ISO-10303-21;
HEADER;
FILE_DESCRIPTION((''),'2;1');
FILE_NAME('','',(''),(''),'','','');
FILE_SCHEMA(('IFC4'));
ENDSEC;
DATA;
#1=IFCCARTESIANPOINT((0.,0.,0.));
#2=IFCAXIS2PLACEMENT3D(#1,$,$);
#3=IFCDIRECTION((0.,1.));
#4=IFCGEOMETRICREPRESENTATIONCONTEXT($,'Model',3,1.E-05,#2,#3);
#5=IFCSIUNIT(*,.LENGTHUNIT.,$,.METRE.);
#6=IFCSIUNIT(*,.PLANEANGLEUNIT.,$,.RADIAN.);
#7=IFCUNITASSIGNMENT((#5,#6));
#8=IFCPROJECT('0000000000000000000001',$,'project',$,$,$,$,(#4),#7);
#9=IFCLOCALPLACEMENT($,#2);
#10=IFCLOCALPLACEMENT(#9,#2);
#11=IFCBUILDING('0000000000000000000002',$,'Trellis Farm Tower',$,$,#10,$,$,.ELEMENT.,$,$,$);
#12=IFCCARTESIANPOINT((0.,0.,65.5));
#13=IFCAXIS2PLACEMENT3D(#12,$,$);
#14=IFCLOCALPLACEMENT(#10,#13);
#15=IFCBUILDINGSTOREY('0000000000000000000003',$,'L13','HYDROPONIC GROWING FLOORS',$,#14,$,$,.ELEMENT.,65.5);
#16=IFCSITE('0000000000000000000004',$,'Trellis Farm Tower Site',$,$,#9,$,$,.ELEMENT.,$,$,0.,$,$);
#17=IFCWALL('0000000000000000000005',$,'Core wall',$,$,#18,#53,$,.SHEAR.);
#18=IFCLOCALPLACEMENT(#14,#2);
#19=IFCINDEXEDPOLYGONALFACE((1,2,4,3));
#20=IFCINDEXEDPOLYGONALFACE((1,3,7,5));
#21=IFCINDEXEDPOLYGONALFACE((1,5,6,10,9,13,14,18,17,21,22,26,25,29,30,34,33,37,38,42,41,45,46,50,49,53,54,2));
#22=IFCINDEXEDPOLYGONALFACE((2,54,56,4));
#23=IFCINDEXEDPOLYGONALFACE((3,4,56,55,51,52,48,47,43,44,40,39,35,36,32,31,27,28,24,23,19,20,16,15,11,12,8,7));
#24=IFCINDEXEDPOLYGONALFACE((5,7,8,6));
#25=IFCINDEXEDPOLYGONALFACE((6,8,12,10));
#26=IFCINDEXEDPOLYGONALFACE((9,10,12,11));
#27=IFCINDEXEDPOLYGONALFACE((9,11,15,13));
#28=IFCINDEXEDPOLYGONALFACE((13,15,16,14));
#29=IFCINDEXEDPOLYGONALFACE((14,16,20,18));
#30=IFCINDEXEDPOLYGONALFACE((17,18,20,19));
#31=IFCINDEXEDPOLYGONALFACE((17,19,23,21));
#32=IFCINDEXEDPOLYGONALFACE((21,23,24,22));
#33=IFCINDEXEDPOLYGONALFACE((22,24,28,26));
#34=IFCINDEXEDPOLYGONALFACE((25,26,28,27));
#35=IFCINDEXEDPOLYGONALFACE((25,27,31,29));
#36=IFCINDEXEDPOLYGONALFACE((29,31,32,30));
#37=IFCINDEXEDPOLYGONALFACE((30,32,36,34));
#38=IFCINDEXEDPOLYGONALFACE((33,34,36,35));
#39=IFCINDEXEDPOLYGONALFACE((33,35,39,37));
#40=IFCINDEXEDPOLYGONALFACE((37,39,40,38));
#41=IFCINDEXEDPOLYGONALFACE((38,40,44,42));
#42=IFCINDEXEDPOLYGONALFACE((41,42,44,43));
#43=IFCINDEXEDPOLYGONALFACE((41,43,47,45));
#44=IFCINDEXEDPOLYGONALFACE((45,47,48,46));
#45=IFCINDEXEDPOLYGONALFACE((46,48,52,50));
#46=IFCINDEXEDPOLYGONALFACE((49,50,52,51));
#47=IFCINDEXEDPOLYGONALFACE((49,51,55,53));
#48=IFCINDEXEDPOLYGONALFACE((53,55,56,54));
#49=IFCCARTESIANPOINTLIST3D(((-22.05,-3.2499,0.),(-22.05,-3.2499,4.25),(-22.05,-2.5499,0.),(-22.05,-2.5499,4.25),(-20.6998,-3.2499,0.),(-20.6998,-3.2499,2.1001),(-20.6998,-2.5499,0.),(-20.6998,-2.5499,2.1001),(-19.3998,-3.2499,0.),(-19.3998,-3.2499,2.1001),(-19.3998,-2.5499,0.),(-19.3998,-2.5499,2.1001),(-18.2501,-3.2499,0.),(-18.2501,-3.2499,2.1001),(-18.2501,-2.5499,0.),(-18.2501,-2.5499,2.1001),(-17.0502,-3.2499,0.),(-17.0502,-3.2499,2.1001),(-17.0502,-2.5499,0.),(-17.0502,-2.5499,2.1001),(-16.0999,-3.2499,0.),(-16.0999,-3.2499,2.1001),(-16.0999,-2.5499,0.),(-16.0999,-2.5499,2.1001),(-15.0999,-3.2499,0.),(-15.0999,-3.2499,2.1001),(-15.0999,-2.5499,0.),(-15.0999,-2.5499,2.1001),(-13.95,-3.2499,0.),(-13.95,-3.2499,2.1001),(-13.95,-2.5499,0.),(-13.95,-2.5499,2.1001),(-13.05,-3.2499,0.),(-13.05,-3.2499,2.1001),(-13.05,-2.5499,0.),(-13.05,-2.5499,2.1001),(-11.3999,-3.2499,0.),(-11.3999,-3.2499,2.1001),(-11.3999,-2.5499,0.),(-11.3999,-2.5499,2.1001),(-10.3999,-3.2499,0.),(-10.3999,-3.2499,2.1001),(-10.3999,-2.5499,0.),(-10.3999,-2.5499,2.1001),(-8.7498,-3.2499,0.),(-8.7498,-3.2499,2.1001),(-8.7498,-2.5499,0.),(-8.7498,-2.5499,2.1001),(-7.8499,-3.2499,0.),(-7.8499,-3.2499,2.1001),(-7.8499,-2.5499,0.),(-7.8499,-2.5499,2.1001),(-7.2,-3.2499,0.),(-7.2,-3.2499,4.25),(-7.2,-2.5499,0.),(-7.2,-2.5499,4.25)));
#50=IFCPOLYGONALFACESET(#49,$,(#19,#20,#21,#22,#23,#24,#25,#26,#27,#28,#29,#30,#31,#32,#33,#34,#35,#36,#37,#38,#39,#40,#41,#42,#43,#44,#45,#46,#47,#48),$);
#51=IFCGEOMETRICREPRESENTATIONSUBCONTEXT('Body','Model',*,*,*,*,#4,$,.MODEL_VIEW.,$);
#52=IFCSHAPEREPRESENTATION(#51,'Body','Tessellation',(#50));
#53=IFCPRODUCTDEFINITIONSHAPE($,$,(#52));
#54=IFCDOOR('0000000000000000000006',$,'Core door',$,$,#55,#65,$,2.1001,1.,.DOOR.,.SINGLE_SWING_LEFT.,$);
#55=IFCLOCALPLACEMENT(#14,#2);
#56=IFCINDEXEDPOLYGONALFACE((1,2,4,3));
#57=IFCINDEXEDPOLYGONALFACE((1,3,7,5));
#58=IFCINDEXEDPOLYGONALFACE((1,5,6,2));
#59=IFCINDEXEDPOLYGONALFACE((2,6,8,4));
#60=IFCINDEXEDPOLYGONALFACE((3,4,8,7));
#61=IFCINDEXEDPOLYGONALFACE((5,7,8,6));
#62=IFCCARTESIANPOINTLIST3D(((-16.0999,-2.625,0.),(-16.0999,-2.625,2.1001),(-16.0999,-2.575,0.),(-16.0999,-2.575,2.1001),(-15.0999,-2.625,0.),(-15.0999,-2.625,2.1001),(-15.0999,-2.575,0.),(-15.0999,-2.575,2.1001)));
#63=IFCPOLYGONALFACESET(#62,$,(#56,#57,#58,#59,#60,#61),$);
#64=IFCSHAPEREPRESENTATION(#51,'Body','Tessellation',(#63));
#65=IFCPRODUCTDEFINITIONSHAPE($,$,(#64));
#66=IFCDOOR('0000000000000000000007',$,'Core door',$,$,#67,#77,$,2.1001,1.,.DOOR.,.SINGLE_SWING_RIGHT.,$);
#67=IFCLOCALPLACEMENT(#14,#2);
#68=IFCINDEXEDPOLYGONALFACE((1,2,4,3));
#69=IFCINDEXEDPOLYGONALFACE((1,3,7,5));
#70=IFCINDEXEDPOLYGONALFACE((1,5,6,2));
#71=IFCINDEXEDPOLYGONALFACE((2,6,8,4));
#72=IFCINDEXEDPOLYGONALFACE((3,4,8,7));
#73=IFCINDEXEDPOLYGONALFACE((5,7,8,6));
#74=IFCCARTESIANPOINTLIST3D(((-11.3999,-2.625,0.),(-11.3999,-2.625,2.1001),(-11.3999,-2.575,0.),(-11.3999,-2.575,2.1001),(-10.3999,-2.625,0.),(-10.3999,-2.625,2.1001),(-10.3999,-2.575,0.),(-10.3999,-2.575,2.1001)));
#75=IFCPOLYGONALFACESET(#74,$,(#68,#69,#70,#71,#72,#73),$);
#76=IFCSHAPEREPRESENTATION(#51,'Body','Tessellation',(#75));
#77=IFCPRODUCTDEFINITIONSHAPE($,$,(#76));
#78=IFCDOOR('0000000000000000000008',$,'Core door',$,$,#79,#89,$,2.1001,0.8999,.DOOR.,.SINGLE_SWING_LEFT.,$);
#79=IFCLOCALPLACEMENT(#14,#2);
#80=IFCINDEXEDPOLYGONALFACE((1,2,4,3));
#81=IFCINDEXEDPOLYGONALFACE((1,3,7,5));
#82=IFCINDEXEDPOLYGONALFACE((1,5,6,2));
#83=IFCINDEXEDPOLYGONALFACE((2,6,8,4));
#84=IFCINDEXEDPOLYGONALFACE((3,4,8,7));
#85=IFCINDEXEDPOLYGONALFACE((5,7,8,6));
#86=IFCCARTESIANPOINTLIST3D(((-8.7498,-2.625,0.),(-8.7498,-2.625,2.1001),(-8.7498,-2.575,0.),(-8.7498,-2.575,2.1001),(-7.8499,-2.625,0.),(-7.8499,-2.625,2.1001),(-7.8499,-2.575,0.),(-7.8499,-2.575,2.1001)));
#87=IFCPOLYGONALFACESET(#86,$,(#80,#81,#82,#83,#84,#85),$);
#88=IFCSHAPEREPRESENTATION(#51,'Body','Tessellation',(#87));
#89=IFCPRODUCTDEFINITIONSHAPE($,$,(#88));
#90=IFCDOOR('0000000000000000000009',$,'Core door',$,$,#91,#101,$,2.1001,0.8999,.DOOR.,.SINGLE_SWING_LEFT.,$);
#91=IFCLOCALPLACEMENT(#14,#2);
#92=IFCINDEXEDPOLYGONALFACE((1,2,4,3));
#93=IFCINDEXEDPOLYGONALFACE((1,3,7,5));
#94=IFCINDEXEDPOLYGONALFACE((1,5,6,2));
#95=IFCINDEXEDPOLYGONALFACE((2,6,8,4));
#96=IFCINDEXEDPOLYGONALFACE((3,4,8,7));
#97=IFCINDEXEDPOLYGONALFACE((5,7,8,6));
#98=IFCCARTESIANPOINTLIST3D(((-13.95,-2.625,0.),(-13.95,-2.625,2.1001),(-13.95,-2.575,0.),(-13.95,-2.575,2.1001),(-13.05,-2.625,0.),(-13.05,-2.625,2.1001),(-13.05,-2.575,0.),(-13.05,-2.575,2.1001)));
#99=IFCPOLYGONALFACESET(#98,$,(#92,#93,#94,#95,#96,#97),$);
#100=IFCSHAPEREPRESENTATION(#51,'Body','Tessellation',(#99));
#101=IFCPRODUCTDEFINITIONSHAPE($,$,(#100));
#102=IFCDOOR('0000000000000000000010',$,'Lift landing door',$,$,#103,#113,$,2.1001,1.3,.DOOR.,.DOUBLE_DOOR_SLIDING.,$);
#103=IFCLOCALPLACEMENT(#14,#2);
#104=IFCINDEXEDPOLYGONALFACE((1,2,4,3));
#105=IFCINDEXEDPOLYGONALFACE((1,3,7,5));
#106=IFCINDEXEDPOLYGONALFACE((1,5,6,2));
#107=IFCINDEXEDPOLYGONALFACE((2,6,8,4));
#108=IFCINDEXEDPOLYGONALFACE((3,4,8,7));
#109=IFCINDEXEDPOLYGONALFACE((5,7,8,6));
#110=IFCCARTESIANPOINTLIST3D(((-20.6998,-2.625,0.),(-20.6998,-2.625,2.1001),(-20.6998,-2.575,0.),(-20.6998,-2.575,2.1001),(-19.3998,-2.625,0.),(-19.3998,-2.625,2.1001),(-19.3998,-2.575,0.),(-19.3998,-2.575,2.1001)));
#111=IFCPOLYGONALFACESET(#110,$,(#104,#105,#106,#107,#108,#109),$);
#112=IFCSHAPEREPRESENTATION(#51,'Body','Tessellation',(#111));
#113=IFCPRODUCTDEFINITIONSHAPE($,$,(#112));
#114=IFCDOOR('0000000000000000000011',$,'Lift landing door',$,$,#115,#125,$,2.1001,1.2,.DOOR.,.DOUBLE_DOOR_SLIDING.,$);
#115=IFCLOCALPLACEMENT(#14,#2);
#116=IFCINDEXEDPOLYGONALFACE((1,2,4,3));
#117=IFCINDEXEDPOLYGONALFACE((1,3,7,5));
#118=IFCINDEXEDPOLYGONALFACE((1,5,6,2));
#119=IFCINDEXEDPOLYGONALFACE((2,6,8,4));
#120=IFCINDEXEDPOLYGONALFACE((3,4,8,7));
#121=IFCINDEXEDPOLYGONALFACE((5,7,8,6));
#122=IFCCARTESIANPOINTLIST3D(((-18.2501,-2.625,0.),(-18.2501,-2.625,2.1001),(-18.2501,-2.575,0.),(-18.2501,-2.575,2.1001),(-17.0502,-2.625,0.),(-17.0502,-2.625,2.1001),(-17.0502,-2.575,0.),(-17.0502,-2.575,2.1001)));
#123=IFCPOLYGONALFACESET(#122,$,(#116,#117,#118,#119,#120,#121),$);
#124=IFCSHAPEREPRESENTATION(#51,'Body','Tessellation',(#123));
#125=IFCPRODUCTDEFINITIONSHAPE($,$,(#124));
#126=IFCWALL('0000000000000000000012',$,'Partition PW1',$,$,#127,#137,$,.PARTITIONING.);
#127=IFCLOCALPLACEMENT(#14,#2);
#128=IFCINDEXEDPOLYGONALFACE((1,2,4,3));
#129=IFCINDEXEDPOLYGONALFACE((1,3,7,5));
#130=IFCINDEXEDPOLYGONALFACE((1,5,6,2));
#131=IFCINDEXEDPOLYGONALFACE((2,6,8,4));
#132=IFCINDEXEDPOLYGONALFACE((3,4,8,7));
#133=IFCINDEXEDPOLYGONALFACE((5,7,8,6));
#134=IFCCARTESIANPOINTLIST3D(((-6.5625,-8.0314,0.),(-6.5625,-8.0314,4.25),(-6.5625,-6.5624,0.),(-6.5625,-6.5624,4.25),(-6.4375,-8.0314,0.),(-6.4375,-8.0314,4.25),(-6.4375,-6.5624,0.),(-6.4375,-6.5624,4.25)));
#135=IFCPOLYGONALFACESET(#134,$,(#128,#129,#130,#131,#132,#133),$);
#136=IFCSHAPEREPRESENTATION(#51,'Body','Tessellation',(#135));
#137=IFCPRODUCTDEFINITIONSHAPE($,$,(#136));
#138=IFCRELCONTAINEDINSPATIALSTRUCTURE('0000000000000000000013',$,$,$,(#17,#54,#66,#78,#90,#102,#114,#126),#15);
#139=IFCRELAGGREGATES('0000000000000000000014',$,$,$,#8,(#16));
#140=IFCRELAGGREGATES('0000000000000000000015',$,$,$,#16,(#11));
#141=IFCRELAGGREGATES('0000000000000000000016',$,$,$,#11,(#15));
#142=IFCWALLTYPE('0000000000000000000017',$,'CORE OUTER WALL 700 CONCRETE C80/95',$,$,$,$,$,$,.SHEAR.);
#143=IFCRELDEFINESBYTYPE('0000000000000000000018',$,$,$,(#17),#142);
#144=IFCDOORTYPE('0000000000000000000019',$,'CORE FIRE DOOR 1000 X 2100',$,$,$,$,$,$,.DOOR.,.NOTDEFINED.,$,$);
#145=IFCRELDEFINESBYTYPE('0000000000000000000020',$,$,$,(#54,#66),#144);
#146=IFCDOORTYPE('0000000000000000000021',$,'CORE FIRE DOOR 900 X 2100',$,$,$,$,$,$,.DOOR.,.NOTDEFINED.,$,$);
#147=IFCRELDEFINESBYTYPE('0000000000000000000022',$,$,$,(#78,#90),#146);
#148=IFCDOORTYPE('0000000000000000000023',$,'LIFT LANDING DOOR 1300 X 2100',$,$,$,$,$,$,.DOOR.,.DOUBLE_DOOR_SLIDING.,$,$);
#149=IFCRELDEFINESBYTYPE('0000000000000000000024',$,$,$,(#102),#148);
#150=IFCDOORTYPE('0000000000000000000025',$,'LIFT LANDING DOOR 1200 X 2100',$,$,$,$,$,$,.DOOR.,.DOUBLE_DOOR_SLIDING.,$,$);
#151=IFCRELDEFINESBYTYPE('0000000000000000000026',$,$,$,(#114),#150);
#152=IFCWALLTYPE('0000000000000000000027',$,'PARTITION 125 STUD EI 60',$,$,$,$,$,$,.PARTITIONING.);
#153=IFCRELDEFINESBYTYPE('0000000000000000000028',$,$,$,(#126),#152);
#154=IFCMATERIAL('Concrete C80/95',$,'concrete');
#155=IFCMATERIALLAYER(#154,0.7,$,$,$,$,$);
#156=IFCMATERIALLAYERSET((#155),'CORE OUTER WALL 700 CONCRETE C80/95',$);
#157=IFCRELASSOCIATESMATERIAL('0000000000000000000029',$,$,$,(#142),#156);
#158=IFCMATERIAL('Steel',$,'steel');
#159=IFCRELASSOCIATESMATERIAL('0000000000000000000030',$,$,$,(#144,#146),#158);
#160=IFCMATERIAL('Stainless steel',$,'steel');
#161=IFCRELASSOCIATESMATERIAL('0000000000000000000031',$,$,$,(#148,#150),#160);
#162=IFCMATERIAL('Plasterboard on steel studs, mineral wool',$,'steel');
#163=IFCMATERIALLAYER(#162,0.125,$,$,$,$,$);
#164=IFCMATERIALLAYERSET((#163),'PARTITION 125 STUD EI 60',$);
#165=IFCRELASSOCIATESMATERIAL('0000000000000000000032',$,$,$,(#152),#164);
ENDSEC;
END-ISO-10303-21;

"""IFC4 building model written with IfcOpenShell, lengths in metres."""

from ifc_helpers import new_model, si_unit, direction, frame, frame_2d, origin, place, context, subcontext, project, spatial, rectangle, extrude, source, transform, mapped, material, layer, layer_set, type_object, element, fill, save


model = new_model("IFC4")

# Units and contexts
model_context = context("Model", 3, precision=1e-05, world=origin(), true_north=direction((0.0, 1.0)))
body_context = subcontext(model_context, "Body", "Model", "MODEL_VIEW")
ifc_project = project(units=[si_unit("LENGTHUNIT", "METRE"), si_unit("PLANEANGLEUNIT", "RADIAN")], contexts=[model_context])

# Site, building, storey
site_placement = place(None, origin())
site = spatial("IfcSite", under=ifc_project, at=site_placement, Name="Trellis Farm Tower Site", CompositionType="ELEMENT", RefElevation=0.0)
building_placement = place(site_placement, origin())
building = spatial("IfcBuilding", under=site, at=building_placement, Name="Trellis Farm Tower", CompositionType="ELEMENT")
storey_placement = place(building_placement, frame((0.0, 0.0, 65.5)))
storey = spatial("IfcBuildingStorey", under=building, at=storey_placement, Name="L13", Description="HYDROPONIC GROWING FLOORS", CompositionType="ELEMENT", Elevation=65.5)

# Shared definitions
ifc_material_1 = material(Name="Concrete C80/95", Category="concrete")

# Wall, openings, doors
ifc_layer_1 = layer(ifc_material_1, 0.7)
ifc_layer_set_1 = layer_set([ifc_layer_1], Name="CORE OUTER WALL 700 CONCRETE C80/95")
wall_type_1 = type_object("IfcWallType", Name="CORE OUTER WALL 700 CONCRETE C80/95", PredefinedType="SHEAR", material=ifc_layer_set_1)
shared_shape_1 = source(origin(), body_context, "Body", "SweptSolid", [
    extrude(rectangle(XDim=14.8501, YDim=0.7, at=frame_2d((7.425, 0.0))), origin(), (0.0, 0.0, 1.0), 4.25),
])
wall_1_placement = place(storey_placement, frame((-7.2, -2.8999, 0.0), z_axis=(0.0, 0.0, 1.0), x_axis=(-1.0, 0.0, 0.0)))
wall_1 = element("IfcWall", 1, at=wall_1_placement, inside=storey, type_object=wall_type_1, Name="Core wall", PredefinedType="SHEAR", context=body_context, shape_type="MappedRepresentation", body=[
    mapped(shared_shape_1, transform((0.0, 0.0, 0.0))),
])
shared_shape_2 = source(origin(), body_context, "Body", "SweptSolid", [
    extrude(rectangle(XDim=1.3, YDim=2.1001, at=frame_2d((0.6499, 1.05))), frame((0.0, 0.3601, 0.0), z_axis=(0.0, -1.0, 0.0), x_axis=(1.0, 0.0, 0.0)), (0.0, 0.0, 1.0), 0.7202),
])
opening_1_placement = place(wall_1_placement, frame((12.2, 0.0, 0.0)))
opening_1 = element("IfcOpeningElement", 2, at=opening_1_placement, cuts=wall_1, PredefinedType="OPENING", context=body_context, shape_type="MappedRepresentation", body=[
    mapped(shared_shape_2, transform((0.0, 0.0, 0.0))),
])
shared_shape_3 = source(origin(), body_context, "Body", "SweptSolid", [
    extrude(rectangle(XDim=1.2, YDim=2.1001, at=frame_2d((0.6001, 1.05))), frame((0.0, 0.3601, 0.0), z_axis=(0.0, -1.0, 0.0), x_axis=(1.0, 0.0, 0.0)), (0.0, 0.0, 1.0), 0.7202),
])
opening_2_placement = place(wall_1_placement, frame((9.8501, 0.0, 0.0)))
opening_2 = element("IfcOpeningElement", 3, at=opening_2_placement, cuts=wall_1, PredefinedType="OPENING", context=body_context, shape_type="MappedRepresentation", body=[
    mapped(shared_shape_3, transform((0.0, 0.0, 0.0))),
])
shared_shape_4 = source(origin(), body_context, "Body", "SweptSolid", [
    extrude(rectangle(XDim=1.0, YDim=2.1001, at=frame_2d((0.5, 1.05))), frame((0.0, 0.3601, 0.0), z_axis=(0.0, -1.0, 0.0), x_axis=(1.0, 0.0, 0.0)), (0.0, 0.0, 1.0), 0.7202),
])
opening_3_placement = place(wall_1_placement, frame((7.8999, 0.0, 0.0)))
opening_3 = element("IfcOpeningElement", 4, at=opening_3_placement, cuts=wall_1, PredefinedType="OPENING", context=body_context, shape_type="MappedRepresentation", body=[
    mapped(shared_shape_4, transform((0.0, 0.0, 0.0))),
])
shared_shape_5 = source(origin(), body_context, "Body", "SweptSolid", [
    extrude(rectangle(XDim=0.8999, YDim=2.1001, at=frame_2d((0.45, 1.05))), frame((0.0, 0.3601, 0.0), z_axis=(0.0, -1.0, 0.0), x_axis=(1.0, 0.0, 0.0)), (0.0, 0.0, 1.0), 0.7202),
])
opening_4_placement = place(wall_1_placement, frame((0.6499, 0.0, 0.0)))
opening_4 = element("IfcOpeningElement", 5, at=opening_4_placement, cuts=wall_1, PredefinedType="OPENING", context=body_context, shape_type="MappedRepresentation", body=[
    mapped(shared_shape_5, transform((0.0, 0.0, 0.0))),
])
opening_5_placement = place(wall_1_placement, frame((3.2, 0.0, 0.0)))
opening_5 = element("IfcOpeningElement", 6, at=opening_5_placement, cuts=wall_1, PredefinedType="OPENING", context=body_context, shape_type="MappedRepresentation", body=[
    mapped(shared_shape_4, transform((0.0, 0.0, 0.0))),
])
opening_6_placement = place(wall_1_placement, frame((5.8501, 0.0, 0.0)))
opening_6 = element("IfcOpeningElement", 7, at=opening_6_placement, cuts=wall_1, PredefinedType="OPENING", context=body_context, shape_type="MappedRepresentation", body=[
    mapped(shared_shape_5, transform((0.0, 0.0, 0.0))),
])
ifc_material_2 = material(Name="Steel", Category="steel")
door_type_1 = type_object("IfcDoorType", Name="CORE FIRE DOOR 1000 X 2100", OperationType="NOTDEFINED", PredefinedType="DOOR", material=ifc_material_2)
shared_shape_6 = source(origin(), body_context, "Body", "SweptSolid", [
    extrude(rectangle(XDim=1.0, YDim=2.1001, at=frame_2d((0.5, 1.05))), frame((0.0, -0.2749, 0.0), z_axis=(0.0, -1.0, 0.0), x_axis=(1.0, 0.0, 0.0)), (0.0, 0.0, 1.0), 0.05),
])
door_1_placement = place(opening_3_placement, origin())
door_1 = element("IfcDoor", 8, at=door_1_placement, inside=storey, type_object=door_type_1, Name="Core door", OperationType="SINGLE_SWING_LEFT", OverallHeight=2.1001, OverallWidth=1.0, PredefinedType="DOOR", context=body_context, shape_type="MappedRepresentation", body=[
    mapped(shared_shape_6, transform((0.0, 0.0, 0.0))),
])
fill(opening_3, door_1)
door_2_placement = place(opening_5_placement, origin())
door_2 = element("IfcDoor", 9, at=door_2_placement, inside=storey, type_object=door_type_1, Name="Core door", OperationType="SINGLE_SWING_RIGHT", OverallHeight=2.1001, OverallWidth=1.0, PredefinedType="DOOR", context=body_context, shape_type="MappedRepresentation", body=[
    mapped(shared_shape_6, transform((0.0, 0.0, 0.0))),
])
fill(opening_5, door_2)
door_type_2 = type_object("IfcDoorType", Name="CORE FIRE DOOR 900 X 2100", OperationType="NOTDEFINED", PredefinedType="DOOR", material=ifc_material_2)
shared_shape_7 = source(origin(), body_context, "Body", "SweptSolid", [
    extrude(rectangle(XDim=0.8999, YDim=2.1001, at=frame_2d((0.45, 1.05))), frame((0.0, -0.2749, 0.0), z_axis=(0.0, -1.0, 0.0), x_axis=(1.0, 0.0, 0.0)), (0.0, 0.0, 1.0), 0.05),
])
door_3_placement = place(opening_4_placement, origin())
door_3 = element("IfcDoor", 10, at=door_3_placement, inside=storey, type_object=door_type_2, Name="Core door", OperationType="SINGLE_SWING_LEFT", OverallHeight=2.1001, OverallWidth=0.8999, PredefinedType="DOOR", context=body_context, shape_type="MappedRepresentation", body=[
    mapped(shared_shape_7, transform((0.0, 0.0, 0.0))),
])
fill(opening_4, door_3)
door_4_placement = place(opening_6_placement, origin())
door_4 = element("IfcDoor", 11, at=door_4_placement, inside=storey, type_object=door_type_2, Name="Core door", OperationType="SINGLE_SWING_LEFT", OverallHeight=2.1001, OverallWidth=0.8999, PredefinedType="DOOR", context=body_context, shape_type="MappedRepresentation", body=[
    mapped(shared_shape_7, transform((0.0, 0.0, 0.0))),
])
fill(opening_6, door_4)
ifc_material_3 = material(Name="Stainless steel", Category="steel")
door_type_3 = type_object("IfcDoorType", Name="LIFT LANDING DOOR 1300 X 2100", OperationType="DOUBLE_DOOR_SLIDING", PredefinedType="DOOR", material=ifc_material_3)
shared_shape_8 = source(origin(), body_context, "Body", "SweptSolid", [
    extrude(rectangle(XDim=1.3, YDim=2.1001, at=frame_2d((0.6499, 1.05))), frame((0.0, -0.2749, 0.0), z_axis=(0.0, -1.0, 0.0), x_axis=(1.0, 0.0, 0.0)), (0.0, 0.0, 1.0), 0.05),
])
door_5_placement = place(opening_1_placement, origin())
door_5 = element("IfcDoor", 12, at=door_5_placement, inside=storey, type_object=door_type_3, Name="Lift landing door", OperationType="DOUBLE_DOOR_SLIDING", OverallHeight=2.1001, OverallWidth=1.3, PredefinedType="DOOR", context=body_context, shape_type="MappedRepresentation", body=[
    mapped(shared_shape_8, transform((0.0, 0.0, 0.0))),
])
fill(opening_1, door_5)
door_type_4 = type_object("IfcDoorType", Name="LIFT LANDING DOOR 1200 X 2100", OperationType="DOUBLE_DOOR_SLIDING", PredefinedType="DOOR", material=ifc_material_3)
shared_shape_9 = source(origin(), body_context, "Body", "SweptSolid", [
    extrude(rectangle(XDim=1.2, YDim=2.1001, at=frame_2d((0.6001, 1.05))), frame((0.0, -0.2749, 0.0), z_axis=(0.0, -1.0, 0.0), x_axis=(1.0, 0.0, 0.0)), (0.0, 0.0, 1.0), 0.05),
])
door_6_placement = place(opening_2_placement, origin())
door_6 = element("IfcDoor", 13, at=door_6_placement, inside=storey, type_object=door_type_4, Name="Lift landing door", OperationType="DOUBLE_DOOR_SLIDING", OverallHeight=2.1001, OverallWidth=1.2, PredefinedType="DOOR", context=body_context, shape_type="MappedRepresentation", body=[
    mapped(shared_shape_9, transform((0.0, 0.0, 0.0))),
])
fill(opening_2, door_6)

# Wall
ifc_material_4 = material(Name="Plasterboard on steel studs, mineral wool", Category="steel")
ifc_layer_2 = layer(ifc_material_4, 0.125)
ifc_layer_set_2 = layer_set([ifc_layer_2], Name="PARTITION 125 STUD EI 60")
wall_type_2 = type_object("IfcWallType", Name="PARTITION 125 STUD EI 60", PredefinedType="PARTITIONING", material=ifc_layer_set_2)
shared_shape_10 = source(origin(), body_context, "Body", "SweptSolid", [
    extrude(rectangle(XDim=1.469, YDim=0.125, at=frame_2d((0.7344, 0.0))), origin(), (0.0, 0.0, 1.0), 4.25),
])
wall_2_placement = place(storey_placement, frame((-6.5, -6.5625, 0.0), z_axis=(0.0, 0.0, 1.0), x_axis=(0.0, -1.0, 0.0)))
element("IfcWall", 14, at=wall_2_placement, inside=storey, type_object=wall_type_2, Name="Partition PW1", PredefinedType="PARTITIONING", context=body_context, shape_type="MappedRepresentation", body=[
    mapped(shared_shape_10, transform((0.0, 0.0, 0.0))),
])

save(model, "model.ifc")
